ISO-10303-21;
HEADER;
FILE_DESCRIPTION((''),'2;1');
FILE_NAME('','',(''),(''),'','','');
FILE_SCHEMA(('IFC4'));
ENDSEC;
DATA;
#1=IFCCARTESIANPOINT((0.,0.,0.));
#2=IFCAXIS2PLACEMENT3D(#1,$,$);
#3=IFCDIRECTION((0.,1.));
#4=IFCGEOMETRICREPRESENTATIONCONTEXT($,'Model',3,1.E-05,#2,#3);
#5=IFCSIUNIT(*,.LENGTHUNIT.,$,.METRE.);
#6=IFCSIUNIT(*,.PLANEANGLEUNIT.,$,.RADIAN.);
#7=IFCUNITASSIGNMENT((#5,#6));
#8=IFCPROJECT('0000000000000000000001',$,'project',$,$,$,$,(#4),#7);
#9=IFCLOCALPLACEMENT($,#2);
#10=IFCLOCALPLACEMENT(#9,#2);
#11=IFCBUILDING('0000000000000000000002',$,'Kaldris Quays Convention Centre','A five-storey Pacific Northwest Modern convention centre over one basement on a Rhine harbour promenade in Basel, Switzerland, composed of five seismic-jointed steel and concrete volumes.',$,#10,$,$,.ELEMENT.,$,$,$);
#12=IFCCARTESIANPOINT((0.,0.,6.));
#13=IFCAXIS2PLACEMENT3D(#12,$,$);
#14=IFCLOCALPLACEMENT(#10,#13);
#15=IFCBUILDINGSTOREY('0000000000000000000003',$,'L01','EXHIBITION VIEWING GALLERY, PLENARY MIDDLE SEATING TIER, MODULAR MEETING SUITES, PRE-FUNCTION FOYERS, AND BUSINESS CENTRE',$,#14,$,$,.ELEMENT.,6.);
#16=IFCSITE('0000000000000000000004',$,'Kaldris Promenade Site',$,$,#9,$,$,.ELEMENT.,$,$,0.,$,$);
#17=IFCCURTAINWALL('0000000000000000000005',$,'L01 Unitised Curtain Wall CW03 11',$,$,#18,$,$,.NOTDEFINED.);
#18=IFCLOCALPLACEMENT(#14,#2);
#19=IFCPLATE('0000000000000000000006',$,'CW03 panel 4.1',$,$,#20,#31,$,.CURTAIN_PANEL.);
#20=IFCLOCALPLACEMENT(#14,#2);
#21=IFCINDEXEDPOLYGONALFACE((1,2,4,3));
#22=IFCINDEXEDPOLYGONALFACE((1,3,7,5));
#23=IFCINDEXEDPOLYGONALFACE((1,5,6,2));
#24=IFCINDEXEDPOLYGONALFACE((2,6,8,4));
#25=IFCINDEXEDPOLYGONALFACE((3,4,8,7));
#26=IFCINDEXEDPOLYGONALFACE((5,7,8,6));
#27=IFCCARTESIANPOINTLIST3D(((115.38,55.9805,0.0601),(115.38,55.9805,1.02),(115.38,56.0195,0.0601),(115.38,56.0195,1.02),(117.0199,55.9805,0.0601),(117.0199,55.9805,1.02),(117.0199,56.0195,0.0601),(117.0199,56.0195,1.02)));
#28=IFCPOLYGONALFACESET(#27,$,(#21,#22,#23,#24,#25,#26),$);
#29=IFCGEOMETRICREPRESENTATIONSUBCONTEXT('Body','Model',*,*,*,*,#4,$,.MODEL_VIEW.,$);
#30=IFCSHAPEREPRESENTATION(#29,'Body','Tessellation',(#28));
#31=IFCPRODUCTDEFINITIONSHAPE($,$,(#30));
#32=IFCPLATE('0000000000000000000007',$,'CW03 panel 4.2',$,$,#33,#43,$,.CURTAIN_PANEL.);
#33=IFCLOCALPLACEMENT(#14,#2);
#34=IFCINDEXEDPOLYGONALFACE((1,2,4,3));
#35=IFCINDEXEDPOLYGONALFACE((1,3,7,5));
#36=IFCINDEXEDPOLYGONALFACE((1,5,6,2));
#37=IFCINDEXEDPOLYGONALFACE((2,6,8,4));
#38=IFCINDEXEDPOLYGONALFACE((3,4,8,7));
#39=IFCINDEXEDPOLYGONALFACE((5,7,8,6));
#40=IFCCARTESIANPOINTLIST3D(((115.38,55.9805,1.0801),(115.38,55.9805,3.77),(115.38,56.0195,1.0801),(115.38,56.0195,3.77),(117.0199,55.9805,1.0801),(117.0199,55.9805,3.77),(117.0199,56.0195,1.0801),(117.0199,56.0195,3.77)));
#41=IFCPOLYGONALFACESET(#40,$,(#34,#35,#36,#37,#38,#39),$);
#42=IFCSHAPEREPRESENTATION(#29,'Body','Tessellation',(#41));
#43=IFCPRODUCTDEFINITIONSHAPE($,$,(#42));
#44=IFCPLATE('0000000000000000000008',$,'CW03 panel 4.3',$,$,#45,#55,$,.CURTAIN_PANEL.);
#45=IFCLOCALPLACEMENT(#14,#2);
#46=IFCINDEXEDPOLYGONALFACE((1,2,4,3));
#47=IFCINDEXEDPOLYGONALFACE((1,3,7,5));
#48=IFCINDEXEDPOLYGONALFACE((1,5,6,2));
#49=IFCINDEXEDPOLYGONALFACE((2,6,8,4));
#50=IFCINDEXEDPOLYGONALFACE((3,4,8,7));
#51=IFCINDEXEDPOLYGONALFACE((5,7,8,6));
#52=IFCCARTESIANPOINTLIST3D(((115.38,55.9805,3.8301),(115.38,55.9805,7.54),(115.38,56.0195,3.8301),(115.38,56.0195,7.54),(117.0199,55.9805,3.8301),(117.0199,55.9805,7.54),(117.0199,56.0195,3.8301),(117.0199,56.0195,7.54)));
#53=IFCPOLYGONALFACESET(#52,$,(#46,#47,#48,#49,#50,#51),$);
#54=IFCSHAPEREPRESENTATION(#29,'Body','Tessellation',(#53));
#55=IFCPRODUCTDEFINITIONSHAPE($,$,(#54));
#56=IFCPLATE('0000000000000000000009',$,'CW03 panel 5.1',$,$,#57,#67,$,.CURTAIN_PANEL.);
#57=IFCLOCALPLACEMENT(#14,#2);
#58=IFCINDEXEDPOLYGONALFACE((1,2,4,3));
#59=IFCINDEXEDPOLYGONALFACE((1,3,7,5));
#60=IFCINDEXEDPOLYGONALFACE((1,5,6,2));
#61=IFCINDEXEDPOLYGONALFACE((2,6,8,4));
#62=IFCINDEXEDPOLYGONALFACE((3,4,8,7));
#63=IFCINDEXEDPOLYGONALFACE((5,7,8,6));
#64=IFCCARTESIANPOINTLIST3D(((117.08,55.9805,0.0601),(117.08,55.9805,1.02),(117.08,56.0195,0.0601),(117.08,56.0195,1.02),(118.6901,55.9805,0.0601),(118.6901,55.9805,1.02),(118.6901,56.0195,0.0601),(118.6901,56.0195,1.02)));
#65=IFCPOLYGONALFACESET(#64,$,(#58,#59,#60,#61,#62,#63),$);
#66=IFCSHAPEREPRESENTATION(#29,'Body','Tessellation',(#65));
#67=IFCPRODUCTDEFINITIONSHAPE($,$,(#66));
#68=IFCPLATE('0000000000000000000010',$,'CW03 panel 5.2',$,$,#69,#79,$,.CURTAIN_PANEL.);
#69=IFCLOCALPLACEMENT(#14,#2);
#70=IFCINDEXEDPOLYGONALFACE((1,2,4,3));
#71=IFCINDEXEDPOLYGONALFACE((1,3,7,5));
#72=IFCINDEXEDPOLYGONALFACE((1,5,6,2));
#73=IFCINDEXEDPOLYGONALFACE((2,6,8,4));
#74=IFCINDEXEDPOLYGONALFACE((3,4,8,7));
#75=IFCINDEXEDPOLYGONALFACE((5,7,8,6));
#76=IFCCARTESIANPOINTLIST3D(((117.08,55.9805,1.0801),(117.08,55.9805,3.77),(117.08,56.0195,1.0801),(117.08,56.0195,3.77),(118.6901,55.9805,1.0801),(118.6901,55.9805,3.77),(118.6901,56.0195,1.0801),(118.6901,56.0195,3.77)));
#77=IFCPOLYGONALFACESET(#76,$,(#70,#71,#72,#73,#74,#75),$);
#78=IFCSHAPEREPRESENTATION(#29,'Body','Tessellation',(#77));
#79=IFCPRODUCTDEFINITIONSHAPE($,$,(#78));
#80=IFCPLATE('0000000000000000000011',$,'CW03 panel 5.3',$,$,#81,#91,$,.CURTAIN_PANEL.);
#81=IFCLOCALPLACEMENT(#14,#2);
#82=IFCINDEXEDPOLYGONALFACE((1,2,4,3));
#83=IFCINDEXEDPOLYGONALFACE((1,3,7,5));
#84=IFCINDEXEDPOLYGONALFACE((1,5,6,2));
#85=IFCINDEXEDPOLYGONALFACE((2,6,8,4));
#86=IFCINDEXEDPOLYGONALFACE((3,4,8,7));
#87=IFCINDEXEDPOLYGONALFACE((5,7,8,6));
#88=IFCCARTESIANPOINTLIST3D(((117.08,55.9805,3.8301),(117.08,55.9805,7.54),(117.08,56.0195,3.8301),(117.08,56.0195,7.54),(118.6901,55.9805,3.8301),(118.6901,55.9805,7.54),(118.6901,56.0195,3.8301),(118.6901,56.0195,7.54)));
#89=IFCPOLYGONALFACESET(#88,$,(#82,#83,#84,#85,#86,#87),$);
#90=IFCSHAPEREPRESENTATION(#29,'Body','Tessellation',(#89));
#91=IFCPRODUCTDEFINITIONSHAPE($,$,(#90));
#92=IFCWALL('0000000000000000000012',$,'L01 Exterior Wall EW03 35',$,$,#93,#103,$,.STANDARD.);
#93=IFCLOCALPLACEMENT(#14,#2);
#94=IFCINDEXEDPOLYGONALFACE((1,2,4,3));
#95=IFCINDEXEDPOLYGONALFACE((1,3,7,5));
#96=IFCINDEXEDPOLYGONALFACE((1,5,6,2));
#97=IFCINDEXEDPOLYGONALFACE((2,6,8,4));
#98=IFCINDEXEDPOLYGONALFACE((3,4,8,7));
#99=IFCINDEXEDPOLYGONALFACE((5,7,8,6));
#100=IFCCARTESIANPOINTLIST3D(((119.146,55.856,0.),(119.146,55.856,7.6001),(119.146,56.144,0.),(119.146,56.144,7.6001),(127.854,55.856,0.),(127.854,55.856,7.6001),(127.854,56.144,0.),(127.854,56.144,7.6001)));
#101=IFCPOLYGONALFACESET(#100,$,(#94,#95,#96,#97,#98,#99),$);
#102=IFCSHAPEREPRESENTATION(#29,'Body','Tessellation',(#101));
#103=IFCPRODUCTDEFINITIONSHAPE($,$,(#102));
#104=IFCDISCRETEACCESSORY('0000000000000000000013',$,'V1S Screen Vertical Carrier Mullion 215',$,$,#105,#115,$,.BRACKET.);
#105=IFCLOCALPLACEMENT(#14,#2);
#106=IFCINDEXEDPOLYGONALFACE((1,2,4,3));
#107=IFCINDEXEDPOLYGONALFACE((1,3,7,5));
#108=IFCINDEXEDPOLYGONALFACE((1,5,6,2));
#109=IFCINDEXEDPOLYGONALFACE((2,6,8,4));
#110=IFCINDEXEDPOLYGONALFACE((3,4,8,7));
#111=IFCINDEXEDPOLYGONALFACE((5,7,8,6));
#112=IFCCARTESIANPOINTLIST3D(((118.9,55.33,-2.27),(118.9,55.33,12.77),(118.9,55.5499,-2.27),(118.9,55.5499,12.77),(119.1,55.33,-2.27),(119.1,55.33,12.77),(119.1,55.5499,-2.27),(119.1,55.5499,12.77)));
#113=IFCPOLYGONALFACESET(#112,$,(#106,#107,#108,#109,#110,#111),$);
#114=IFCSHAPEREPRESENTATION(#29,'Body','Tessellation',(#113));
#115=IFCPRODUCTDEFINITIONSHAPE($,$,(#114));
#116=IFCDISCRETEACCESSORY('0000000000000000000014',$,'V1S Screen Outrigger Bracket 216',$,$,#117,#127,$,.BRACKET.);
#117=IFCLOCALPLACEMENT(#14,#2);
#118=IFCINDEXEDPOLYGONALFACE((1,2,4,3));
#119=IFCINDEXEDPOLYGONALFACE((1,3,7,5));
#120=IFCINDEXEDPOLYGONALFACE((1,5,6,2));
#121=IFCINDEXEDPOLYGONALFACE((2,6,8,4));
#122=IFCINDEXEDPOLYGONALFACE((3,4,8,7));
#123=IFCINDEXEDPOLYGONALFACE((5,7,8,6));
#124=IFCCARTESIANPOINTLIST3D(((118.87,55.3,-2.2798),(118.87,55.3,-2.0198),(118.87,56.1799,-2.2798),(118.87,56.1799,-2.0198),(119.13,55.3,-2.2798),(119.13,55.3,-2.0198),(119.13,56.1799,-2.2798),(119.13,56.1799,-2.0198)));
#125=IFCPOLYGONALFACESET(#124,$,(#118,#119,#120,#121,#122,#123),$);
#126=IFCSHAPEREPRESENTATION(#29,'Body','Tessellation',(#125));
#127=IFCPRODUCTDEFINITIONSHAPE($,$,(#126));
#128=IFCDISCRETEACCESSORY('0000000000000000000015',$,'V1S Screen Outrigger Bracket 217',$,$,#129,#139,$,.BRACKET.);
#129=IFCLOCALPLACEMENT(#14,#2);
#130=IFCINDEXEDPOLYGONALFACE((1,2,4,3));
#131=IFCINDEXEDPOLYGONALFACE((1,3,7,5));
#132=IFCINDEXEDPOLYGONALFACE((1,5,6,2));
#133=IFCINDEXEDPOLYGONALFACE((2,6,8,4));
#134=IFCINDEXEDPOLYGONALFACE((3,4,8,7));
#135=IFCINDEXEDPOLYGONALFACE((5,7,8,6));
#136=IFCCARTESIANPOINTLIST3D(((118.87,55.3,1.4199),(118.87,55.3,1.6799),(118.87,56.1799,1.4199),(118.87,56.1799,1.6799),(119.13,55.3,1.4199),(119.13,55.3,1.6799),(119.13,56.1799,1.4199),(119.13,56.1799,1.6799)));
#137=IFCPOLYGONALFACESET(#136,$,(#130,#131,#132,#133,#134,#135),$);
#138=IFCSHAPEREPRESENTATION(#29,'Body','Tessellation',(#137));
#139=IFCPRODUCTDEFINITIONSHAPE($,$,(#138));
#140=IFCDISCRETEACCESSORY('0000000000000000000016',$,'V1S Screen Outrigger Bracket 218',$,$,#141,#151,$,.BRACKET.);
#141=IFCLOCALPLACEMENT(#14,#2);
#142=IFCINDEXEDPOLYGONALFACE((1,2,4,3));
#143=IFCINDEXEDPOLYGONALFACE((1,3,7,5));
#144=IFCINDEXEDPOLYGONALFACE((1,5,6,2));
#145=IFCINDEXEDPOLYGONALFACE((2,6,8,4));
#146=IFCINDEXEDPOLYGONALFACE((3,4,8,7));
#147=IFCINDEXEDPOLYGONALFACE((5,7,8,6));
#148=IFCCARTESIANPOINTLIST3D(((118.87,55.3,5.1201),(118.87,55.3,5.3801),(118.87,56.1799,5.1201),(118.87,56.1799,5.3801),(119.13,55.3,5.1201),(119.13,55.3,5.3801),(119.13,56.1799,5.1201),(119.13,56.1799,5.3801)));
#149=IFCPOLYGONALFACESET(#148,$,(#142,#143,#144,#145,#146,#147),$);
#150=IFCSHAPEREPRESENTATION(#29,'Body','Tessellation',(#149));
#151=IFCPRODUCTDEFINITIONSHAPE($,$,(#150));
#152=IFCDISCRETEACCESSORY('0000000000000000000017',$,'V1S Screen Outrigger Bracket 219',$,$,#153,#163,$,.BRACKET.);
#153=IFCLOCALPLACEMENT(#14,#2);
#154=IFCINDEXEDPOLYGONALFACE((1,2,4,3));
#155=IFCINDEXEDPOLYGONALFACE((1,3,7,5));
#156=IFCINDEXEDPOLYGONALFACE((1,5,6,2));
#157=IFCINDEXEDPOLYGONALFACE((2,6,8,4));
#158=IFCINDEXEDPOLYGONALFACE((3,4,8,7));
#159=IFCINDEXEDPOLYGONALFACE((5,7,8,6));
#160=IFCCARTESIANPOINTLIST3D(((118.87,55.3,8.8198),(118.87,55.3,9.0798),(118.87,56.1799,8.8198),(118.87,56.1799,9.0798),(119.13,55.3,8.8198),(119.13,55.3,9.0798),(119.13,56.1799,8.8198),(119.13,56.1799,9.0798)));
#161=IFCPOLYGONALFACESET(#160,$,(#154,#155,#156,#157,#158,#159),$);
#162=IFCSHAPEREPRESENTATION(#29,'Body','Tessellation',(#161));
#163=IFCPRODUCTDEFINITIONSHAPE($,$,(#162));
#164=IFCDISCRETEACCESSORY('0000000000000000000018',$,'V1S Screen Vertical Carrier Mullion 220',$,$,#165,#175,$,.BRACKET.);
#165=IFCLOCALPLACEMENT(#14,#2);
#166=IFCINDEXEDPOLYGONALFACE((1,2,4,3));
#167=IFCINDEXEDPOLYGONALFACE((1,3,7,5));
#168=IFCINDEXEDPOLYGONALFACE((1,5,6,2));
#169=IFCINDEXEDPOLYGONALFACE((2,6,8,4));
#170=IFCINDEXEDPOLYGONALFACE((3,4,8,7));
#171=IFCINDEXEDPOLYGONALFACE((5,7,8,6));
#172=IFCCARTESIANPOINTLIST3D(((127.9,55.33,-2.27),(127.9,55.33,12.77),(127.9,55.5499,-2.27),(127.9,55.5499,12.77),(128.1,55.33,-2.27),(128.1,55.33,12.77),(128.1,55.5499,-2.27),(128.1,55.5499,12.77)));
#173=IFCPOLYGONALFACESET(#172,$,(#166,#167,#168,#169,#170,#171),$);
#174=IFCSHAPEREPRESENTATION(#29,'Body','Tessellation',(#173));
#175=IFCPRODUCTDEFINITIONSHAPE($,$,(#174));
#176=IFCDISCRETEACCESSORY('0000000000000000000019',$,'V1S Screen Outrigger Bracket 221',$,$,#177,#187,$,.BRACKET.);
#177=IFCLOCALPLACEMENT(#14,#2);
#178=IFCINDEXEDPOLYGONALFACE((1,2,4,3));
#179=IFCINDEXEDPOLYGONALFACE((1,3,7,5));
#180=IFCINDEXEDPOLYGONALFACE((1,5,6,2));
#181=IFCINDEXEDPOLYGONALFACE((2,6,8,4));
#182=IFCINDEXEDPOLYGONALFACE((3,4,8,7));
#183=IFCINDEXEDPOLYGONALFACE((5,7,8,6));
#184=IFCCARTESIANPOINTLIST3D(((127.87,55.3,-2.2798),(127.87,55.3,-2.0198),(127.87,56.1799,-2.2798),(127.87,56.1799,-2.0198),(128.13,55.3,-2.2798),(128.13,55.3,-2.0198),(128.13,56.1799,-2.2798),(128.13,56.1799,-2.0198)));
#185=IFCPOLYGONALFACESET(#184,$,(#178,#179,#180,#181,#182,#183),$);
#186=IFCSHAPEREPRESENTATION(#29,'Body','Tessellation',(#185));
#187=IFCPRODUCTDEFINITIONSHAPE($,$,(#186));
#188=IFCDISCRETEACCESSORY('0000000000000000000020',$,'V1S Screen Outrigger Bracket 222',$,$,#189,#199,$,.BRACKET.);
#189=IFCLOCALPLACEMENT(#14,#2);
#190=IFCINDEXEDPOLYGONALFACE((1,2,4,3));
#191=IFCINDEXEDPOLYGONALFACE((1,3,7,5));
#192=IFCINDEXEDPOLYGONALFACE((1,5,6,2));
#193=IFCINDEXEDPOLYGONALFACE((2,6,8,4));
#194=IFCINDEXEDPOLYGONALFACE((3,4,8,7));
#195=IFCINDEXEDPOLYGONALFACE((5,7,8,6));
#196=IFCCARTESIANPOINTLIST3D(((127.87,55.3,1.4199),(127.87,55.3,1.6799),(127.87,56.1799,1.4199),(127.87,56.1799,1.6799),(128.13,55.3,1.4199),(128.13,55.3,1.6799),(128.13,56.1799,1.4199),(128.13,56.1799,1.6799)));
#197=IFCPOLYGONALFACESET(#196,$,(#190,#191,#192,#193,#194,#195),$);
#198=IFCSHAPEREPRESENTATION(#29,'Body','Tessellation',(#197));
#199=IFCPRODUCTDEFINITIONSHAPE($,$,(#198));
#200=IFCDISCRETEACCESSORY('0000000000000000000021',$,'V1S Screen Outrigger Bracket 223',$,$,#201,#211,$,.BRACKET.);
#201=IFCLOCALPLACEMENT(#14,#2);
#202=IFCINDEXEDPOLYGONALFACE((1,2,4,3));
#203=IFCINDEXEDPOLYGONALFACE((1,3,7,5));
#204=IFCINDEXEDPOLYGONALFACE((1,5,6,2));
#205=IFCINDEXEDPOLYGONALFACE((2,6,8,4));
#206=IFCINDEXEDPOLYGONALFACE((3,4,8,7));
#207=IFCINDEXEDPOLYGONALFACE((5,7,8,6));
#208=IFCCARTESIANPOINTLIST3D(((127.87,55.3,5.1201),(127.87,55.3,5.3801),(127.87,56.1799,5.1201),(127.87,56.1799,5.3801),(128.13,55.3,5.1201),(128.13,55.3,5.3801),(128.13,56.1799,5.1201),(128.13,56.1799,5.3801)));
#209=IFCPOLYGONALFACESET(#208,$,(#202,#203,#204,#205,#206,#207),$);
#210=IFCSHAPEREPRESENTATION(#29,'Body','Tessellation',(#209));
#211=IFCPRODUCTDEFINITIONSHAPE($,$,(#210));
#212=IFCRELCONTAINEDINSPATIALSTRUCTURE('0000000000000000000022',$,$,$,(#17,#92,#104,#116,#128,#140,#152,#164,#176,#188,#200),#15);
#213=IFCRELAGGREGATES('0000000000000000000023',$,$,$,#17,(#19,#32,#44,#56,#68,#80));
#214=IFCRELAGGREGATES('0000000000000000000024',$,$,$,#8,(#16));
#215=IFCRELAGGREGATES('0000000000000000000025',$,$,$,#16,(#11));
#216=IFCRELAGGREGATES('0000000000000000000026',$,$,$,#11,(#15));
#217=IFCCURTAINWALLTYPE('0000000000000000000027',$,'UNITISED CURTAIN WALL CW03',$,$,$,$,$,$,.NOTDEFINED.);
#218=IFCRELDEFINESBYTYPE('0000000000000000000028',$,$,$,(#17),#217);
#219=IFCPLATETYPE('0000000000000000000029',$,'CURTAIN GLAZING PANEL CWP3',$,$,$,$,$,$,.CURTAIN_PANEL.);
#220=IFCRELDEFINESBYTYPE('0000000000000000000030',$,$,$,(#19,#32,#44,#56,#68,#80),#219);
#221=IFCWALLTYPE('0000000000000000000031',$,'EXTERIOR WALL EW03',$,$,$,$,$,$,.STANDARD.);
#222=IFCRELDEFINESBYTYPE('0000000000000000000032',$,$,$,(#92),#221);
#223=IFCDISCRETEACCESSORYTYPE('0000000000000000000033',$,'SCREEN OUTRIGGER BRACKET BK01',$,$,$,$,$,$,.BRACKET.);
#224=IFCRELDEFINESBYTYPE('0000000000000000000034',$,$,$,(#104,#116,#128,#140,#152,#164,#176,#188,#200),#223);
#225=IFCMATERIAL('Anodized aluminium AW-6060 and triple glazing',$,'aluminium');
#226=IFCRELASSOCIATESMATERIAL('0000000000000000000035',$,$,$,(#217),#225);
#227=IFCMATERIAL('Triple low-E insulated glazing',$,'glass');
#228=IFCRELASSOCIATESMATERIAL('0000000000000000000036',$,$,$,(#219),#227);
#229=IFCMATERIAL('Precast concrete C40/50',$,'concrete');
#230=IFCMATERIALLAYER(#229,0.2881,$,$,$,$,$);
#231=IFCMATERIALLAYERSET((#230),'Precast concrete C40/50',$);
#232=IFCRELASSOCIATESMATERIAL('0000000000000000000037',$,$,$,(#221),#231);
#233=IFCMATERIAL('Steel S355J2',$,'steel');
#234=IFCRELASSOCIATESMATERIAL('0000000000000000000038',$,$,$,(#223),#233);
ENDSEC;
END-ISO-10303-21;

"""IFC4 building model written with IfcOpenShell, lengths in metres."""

from ifc_helpers import new_model, si_unit, direction, frame, frame_2d, origin, origin_2d, place, context, subcontext, project, spatial, rectangle, extrude, material, layer, layer_set, type_object, element, aggregate, save


model = new_model("IFC4")

# Units and contexts
model_context = context("Model", 3, precision=1e-05, world=origin(), true_north=direction((0.0, 1.0)))
body_context = subcontext(model_context, "Body", "Model", "MODEL_VIEW")
ifc_project = project(units=[si_unit("LENGTHUNIT", "METRE"), si_unit("PLANEANGLEUNIT", "RADIAN")], contexts=[model_context])

# Site, building, storey
site_placement = place(None, origin())
site = spatial("IfcSite", under=ifc_project, at=site_placement, Name="Kaldris Promenade Site", CompositionType="ELEMENT", RefElevation=0.0)
building_placement = place(site_placement, origin())
building = spatial("IfcBuilding", under=site, at=building_placement, Name="Kaldris Quays Convention Centre", Description="A five-storey Pacific Northwest Modern convention centre over one basement on a Rhine harbour promenade in Basel, Switzerland, composed of five seismic-jointed steel and concrete volumes.", CompositionType="ELEMENT")
storey_placement = place(building_placement, frame((0.0, 0.0, 6.0)))
storey = spatial("IfcBuildingStorey", under=building, at=storey_placement, Name="L01", Description="EXHIBITION VIEWING GALLERY, PLENARY MIDDLE SEATING TIER, MODULAR MEETING SUITES, PRE-FUNCTION FOYERS, AND BUSINESS CENTRE", CompositionType="ELEMENT", Elevation=6.0)

# Shared definitions
ifc_material_1 = material(Name="Steel S355J2", Category="steel")

# Curtain wall, plates
ifc_material_2 = material(Name="Anodized aluminium AW-6060 and triple glazing", Category="aluminium")
curtain_wall_type = type_object("IfcCurtainWallType", Name="UNITISED CURTAIN WALL CW03", PredefinedType="NOTDEFINED", material=ifc_material_2)
curtain_wall_placement = place(storey_placement, origin())
curtain_wall = element("IfcCurtainWall", 1, at=curtain_wall_placement, inside=storey, type_object=curtain_wall_type, Name="L01 Unitised Curtain Wall CW03 11", PredefinedType="NOTDEFINED")
ifc_material_3 = material(Name="Triple low-E insulated glazing", Category="glass")
plate_type = type_object("IfcPlateType", Name="CURTAIN GLAZING PANEL CWP3", PredefinedType="CURTAIN_PANEL", material=ifc_material_3)
plate_1_placement = place(storey_placement, frame((116.2, 56.0, 0.0601), z_axis=(0.0, 0.0, 1.0), x_axis=(1.0, 0.0, 0.0)))
plate_1 = element("IfcPlate", 2, at=plate_1_placement, type_object=plate_type, Name="CW03 panel 4.1", PredefinedType="CURTAIN_PANEL", context=body_context, shape_type="SweptSolid", body=[
    extrude(rectangle(XDim=1.6399, YDim=0.0391, at=origin_2d()), origin(), (0.0, 0.0, 1.0), 0.96),
])
plate_2_placement = place(storey_placement, frame((116.2, 56.0, 1.0801), z_axis=(0.0, 0.0, 1.0), x_axis=(1.0, 0.0, 0.0)))
plate_2 = element("IfcPlate", 3, at=plate_2_placement, type_object=plate_type, Name="CW03 panel 4.2", PredefinedType="CURTAIN_PANEL", context=body_context, shape_type="SweptSolid", body=[
    extrude(rectangle(XDim=1.6399, YDim=0.0391, at=origin_2d()), origin(), (0.0, 0.0, 1.0), 2.6899),
])
plate_3_placement = place(storey_placement, frame((116.2, 56.0, 3.8301), z_axis=(0.0, 0.0, 1.0), x_axis=(1.0, 0.0, 0.0)))
plate_3 = element("IfcPlate", 4, at=plate_3_placement, type_object=plate_type, Name="CW03 panel 4.3", PredefinedType="CURTAIN_PANEL", context=body_context, shape_type="SweptSolid", body=[
    extrude(rectangle(XDim=1.6399, YDim=0.0391, at=origin_2d()), origin(), (0.0, 0.0, 1.0), 3.71),
])
plate_4_placement = place(storey_placement, frame((117.885, 56.0, 0.0601), z_axis=(0.0, 0.0, 1.0), x_axis=(1.0, 0.0, 0.0)))
plate_4 = element("IfcPlate", 5, at=plate_4_placement, type_object=plate_type, Name="CW03 panel 5.1", PredefinedType="CURTAIN_PANEL", context=body_context, shape_type="SweptSolid", body=[
    extrude(rectangle(XDim=1.6101, YDim=0.0391, at=origin_2d()), origin(), (0.0, 0.0, 1.0), 0.96),
])
plate_5_placement = place(storey_placement, frame((117.885, 56.0, 1.0801), z_axis=(0.0, 0.0, 1.0), x_axis=(1.0, 0.0, 0.0)))
plate_5 = element("IfcPlate", 6, at=plate_5_placement, type_object=plate_type, Name="CW03 panel 5.2", PredefinedType="CURTAIN_PANEL", context=body_context, shape_type="SweptSolid", body=[
    extrude(rectangle(XDim=1.6101, YDim=0.0391, at=origin_2d()), origin(), (0.0, 0.0, 1.0), 2.6899),
])
plate_6_placement = place(storey_placement, frame((117.885, 56.0, 3.8301), z_axis=(0.0, 0.0, 1.0), x_axis=(1.0, 0.0, 0.0)))
plate_6 = element("IfcPlate", 7, at=plate_6_placement, type_object=plate_type, Name="CW03 panel 5.3", PredefinedType="CURTAIN_PANEL", context=body_context, shape_type="SweptSolid", body=[
    extrude(rectangle(XDim=1.6101, YDim=0.0391, at=origin_2d()), origin(), (0.0, 0.0, 1.0), 3.71),
])
aggregate(curtain_wall, [plate_1, plate_2, plate_3, plate_4, plate_5, plate_6])

# Wall
ifc_material_4 = material(Name="Precast concrete C40/50", Category="concrete")
ifc_layer = layer(ifc_material_4, 0.2881)
ifc_layer_set = layer_set([ifc_layer], Name="Precast concrete C40/50")
wall_type = type_object("IfcWallType", Name="EXTERIOR WALL EW03", PredefinedType="STANDARD", material=ifc_layer_set)
wall_placement = place(storey_placement, frame((119.146, 56.0, 0.0), z_axis=(0.0, 0.0, 1.0), x_axis=(1.0, 0.0, 0.0)))
element("IfcWall", 8, at=wall_placement, inside=storey, type_object=wall_type, Name="L01 Exterior Wall EW03 35", PredefinedType="STANDARD", context=body_context, shape_type="SweptSolid", body=[
    extrude(rectangle(XDim=8.708, YDim=0.2881, at=frame_2d((4.354, 0.0))), origin(), (0.0, 0.0, 1.0), 7.6001),
])

# Discrete accessories
discrete_accessory_type = type_object("IfcDiscreteAccessoryType", Name="SCREEN OUTRIGGER BRACKET BK01", PredefinedType="BRACKET", material=ifc_material_1)
discrete_accessory_1_placement = place(storey_placement, frame((119.0, 55.4399, -2.27), z_axis=(0.0, 0.0, 1.0), x_axis=(1.0, 0.0, 0.0)))
element("IfcDiscreteAccessory", 9, at=discrete_accessory_1_placement, inside=storey, type_object=discrete_accessory_type, Name="V1S Screen Vertical Carrier Mullion 215", PredefinedType="BRACKET", context=body_context, shape_type="SweptSolid", body=[
    extrude(rectangle(XDim=0.2, YDim=0.22, at=origin_2d()), origin(), (0.0, 0.0, 1.0), 15.04),
])
for number, where, z_axis, x_axis, name in (
    (10, (119.0, 55.74, -2.2798), (0.0, 0.0, 1.0), (1.0, 0.0, 0.0), "V1S Screen Outrigger Bracket 216"),
    (11, (119.0, 55.74, 1.4199), (0.0, 0.0, 1.0), (1.0, 0.0, 0.0), "V1S Screen Outrigger Bracket 217"),
    (12, (119.0, 55.74, 5.1201), (0.0, 0.0, 1.0), (1.0, 0.0, 0.0), "V1S Screen Outrigger Bracket 218"),
    (13, (119.0, 55.74, 8.8198), (0.0, 0.0, 1.0), (1.0, 0.0, 0.0), "V1S Screen Outrigger Bracket 219"),
):
    element("IfcDiscreteAccessory", number, at=place(storey_placement, frame(where, z_axis=z_axis, x_axis=x_axis)), inside=storey, type_object=discrete_accessory_type, Name=name, PredefinedType="BRACKET", context=body_context, shape_type="SweptSolid", body=[
        extrude(rectangle(XDim=0.26, YDim=0.8799, at=origin_2d()), origin(), (0.0, 0.0, 1.0), 0.26),
    ])
discrete_accessory_2_placement = place(storey_placement, frame((128.0, 55.4399, -2.27), z_axis=(0.0, 0.0, 1.0), x_axis=(1.0, 0.0, 0.0)))
element("IfcDiscreteAccessory", 14, at=discrete_accessory_2_placement, inside=storey, type_object=discrete_accessory_type, Name="V1S Screen Vertical Carrier Mullion 220", PredefinedType="BRACKET", context=body_context, shape_type="SweptSolid", body=[
    extrude(rectangle(XDim=0.2, YDim=0.22, at=origin_2d()), origin(), (0.0, 0.0, 1.0), 15.04),
])
for number, where, z_axis, x_axis, name in (
    (15, (128.0, 55.74, -2.2798), (0.0, 0.0, 1.0), (1.0, 0.0, 0.0), "V1S Screen Outrigger Bracket 221"),
    (16, (128.0, 55.74, 1.4199), (0.0, 0.0, 1.0), (1.0, 0.0, 0.0), "V1S Screen Outrigger Bracket 222"),
    (17, (128.0, 55.74, 5.1201), (0.0, 0.0, 1.0), (1.0, 0.0, 0.0), "V1S Screen Outrigger Bracket 223"),
):
    element("IfcDiscreteAccessory", number, at=place(storey_placement, frame(where, z_axis=z_axis, x_axis=x_axis)), inside=storey, type_object=discrete_accessory_type, Name=name, PredefinedType="BRACKET", context=body_context, shape_type="SweptSolid", body=[
        extrude(rectangle(XDim=0.26, YDim=0.8799, at=origin_2d()), origin(), (0.0, 0.0, 1.0), 0.26),
    ])

save(model, "model.ifc")
